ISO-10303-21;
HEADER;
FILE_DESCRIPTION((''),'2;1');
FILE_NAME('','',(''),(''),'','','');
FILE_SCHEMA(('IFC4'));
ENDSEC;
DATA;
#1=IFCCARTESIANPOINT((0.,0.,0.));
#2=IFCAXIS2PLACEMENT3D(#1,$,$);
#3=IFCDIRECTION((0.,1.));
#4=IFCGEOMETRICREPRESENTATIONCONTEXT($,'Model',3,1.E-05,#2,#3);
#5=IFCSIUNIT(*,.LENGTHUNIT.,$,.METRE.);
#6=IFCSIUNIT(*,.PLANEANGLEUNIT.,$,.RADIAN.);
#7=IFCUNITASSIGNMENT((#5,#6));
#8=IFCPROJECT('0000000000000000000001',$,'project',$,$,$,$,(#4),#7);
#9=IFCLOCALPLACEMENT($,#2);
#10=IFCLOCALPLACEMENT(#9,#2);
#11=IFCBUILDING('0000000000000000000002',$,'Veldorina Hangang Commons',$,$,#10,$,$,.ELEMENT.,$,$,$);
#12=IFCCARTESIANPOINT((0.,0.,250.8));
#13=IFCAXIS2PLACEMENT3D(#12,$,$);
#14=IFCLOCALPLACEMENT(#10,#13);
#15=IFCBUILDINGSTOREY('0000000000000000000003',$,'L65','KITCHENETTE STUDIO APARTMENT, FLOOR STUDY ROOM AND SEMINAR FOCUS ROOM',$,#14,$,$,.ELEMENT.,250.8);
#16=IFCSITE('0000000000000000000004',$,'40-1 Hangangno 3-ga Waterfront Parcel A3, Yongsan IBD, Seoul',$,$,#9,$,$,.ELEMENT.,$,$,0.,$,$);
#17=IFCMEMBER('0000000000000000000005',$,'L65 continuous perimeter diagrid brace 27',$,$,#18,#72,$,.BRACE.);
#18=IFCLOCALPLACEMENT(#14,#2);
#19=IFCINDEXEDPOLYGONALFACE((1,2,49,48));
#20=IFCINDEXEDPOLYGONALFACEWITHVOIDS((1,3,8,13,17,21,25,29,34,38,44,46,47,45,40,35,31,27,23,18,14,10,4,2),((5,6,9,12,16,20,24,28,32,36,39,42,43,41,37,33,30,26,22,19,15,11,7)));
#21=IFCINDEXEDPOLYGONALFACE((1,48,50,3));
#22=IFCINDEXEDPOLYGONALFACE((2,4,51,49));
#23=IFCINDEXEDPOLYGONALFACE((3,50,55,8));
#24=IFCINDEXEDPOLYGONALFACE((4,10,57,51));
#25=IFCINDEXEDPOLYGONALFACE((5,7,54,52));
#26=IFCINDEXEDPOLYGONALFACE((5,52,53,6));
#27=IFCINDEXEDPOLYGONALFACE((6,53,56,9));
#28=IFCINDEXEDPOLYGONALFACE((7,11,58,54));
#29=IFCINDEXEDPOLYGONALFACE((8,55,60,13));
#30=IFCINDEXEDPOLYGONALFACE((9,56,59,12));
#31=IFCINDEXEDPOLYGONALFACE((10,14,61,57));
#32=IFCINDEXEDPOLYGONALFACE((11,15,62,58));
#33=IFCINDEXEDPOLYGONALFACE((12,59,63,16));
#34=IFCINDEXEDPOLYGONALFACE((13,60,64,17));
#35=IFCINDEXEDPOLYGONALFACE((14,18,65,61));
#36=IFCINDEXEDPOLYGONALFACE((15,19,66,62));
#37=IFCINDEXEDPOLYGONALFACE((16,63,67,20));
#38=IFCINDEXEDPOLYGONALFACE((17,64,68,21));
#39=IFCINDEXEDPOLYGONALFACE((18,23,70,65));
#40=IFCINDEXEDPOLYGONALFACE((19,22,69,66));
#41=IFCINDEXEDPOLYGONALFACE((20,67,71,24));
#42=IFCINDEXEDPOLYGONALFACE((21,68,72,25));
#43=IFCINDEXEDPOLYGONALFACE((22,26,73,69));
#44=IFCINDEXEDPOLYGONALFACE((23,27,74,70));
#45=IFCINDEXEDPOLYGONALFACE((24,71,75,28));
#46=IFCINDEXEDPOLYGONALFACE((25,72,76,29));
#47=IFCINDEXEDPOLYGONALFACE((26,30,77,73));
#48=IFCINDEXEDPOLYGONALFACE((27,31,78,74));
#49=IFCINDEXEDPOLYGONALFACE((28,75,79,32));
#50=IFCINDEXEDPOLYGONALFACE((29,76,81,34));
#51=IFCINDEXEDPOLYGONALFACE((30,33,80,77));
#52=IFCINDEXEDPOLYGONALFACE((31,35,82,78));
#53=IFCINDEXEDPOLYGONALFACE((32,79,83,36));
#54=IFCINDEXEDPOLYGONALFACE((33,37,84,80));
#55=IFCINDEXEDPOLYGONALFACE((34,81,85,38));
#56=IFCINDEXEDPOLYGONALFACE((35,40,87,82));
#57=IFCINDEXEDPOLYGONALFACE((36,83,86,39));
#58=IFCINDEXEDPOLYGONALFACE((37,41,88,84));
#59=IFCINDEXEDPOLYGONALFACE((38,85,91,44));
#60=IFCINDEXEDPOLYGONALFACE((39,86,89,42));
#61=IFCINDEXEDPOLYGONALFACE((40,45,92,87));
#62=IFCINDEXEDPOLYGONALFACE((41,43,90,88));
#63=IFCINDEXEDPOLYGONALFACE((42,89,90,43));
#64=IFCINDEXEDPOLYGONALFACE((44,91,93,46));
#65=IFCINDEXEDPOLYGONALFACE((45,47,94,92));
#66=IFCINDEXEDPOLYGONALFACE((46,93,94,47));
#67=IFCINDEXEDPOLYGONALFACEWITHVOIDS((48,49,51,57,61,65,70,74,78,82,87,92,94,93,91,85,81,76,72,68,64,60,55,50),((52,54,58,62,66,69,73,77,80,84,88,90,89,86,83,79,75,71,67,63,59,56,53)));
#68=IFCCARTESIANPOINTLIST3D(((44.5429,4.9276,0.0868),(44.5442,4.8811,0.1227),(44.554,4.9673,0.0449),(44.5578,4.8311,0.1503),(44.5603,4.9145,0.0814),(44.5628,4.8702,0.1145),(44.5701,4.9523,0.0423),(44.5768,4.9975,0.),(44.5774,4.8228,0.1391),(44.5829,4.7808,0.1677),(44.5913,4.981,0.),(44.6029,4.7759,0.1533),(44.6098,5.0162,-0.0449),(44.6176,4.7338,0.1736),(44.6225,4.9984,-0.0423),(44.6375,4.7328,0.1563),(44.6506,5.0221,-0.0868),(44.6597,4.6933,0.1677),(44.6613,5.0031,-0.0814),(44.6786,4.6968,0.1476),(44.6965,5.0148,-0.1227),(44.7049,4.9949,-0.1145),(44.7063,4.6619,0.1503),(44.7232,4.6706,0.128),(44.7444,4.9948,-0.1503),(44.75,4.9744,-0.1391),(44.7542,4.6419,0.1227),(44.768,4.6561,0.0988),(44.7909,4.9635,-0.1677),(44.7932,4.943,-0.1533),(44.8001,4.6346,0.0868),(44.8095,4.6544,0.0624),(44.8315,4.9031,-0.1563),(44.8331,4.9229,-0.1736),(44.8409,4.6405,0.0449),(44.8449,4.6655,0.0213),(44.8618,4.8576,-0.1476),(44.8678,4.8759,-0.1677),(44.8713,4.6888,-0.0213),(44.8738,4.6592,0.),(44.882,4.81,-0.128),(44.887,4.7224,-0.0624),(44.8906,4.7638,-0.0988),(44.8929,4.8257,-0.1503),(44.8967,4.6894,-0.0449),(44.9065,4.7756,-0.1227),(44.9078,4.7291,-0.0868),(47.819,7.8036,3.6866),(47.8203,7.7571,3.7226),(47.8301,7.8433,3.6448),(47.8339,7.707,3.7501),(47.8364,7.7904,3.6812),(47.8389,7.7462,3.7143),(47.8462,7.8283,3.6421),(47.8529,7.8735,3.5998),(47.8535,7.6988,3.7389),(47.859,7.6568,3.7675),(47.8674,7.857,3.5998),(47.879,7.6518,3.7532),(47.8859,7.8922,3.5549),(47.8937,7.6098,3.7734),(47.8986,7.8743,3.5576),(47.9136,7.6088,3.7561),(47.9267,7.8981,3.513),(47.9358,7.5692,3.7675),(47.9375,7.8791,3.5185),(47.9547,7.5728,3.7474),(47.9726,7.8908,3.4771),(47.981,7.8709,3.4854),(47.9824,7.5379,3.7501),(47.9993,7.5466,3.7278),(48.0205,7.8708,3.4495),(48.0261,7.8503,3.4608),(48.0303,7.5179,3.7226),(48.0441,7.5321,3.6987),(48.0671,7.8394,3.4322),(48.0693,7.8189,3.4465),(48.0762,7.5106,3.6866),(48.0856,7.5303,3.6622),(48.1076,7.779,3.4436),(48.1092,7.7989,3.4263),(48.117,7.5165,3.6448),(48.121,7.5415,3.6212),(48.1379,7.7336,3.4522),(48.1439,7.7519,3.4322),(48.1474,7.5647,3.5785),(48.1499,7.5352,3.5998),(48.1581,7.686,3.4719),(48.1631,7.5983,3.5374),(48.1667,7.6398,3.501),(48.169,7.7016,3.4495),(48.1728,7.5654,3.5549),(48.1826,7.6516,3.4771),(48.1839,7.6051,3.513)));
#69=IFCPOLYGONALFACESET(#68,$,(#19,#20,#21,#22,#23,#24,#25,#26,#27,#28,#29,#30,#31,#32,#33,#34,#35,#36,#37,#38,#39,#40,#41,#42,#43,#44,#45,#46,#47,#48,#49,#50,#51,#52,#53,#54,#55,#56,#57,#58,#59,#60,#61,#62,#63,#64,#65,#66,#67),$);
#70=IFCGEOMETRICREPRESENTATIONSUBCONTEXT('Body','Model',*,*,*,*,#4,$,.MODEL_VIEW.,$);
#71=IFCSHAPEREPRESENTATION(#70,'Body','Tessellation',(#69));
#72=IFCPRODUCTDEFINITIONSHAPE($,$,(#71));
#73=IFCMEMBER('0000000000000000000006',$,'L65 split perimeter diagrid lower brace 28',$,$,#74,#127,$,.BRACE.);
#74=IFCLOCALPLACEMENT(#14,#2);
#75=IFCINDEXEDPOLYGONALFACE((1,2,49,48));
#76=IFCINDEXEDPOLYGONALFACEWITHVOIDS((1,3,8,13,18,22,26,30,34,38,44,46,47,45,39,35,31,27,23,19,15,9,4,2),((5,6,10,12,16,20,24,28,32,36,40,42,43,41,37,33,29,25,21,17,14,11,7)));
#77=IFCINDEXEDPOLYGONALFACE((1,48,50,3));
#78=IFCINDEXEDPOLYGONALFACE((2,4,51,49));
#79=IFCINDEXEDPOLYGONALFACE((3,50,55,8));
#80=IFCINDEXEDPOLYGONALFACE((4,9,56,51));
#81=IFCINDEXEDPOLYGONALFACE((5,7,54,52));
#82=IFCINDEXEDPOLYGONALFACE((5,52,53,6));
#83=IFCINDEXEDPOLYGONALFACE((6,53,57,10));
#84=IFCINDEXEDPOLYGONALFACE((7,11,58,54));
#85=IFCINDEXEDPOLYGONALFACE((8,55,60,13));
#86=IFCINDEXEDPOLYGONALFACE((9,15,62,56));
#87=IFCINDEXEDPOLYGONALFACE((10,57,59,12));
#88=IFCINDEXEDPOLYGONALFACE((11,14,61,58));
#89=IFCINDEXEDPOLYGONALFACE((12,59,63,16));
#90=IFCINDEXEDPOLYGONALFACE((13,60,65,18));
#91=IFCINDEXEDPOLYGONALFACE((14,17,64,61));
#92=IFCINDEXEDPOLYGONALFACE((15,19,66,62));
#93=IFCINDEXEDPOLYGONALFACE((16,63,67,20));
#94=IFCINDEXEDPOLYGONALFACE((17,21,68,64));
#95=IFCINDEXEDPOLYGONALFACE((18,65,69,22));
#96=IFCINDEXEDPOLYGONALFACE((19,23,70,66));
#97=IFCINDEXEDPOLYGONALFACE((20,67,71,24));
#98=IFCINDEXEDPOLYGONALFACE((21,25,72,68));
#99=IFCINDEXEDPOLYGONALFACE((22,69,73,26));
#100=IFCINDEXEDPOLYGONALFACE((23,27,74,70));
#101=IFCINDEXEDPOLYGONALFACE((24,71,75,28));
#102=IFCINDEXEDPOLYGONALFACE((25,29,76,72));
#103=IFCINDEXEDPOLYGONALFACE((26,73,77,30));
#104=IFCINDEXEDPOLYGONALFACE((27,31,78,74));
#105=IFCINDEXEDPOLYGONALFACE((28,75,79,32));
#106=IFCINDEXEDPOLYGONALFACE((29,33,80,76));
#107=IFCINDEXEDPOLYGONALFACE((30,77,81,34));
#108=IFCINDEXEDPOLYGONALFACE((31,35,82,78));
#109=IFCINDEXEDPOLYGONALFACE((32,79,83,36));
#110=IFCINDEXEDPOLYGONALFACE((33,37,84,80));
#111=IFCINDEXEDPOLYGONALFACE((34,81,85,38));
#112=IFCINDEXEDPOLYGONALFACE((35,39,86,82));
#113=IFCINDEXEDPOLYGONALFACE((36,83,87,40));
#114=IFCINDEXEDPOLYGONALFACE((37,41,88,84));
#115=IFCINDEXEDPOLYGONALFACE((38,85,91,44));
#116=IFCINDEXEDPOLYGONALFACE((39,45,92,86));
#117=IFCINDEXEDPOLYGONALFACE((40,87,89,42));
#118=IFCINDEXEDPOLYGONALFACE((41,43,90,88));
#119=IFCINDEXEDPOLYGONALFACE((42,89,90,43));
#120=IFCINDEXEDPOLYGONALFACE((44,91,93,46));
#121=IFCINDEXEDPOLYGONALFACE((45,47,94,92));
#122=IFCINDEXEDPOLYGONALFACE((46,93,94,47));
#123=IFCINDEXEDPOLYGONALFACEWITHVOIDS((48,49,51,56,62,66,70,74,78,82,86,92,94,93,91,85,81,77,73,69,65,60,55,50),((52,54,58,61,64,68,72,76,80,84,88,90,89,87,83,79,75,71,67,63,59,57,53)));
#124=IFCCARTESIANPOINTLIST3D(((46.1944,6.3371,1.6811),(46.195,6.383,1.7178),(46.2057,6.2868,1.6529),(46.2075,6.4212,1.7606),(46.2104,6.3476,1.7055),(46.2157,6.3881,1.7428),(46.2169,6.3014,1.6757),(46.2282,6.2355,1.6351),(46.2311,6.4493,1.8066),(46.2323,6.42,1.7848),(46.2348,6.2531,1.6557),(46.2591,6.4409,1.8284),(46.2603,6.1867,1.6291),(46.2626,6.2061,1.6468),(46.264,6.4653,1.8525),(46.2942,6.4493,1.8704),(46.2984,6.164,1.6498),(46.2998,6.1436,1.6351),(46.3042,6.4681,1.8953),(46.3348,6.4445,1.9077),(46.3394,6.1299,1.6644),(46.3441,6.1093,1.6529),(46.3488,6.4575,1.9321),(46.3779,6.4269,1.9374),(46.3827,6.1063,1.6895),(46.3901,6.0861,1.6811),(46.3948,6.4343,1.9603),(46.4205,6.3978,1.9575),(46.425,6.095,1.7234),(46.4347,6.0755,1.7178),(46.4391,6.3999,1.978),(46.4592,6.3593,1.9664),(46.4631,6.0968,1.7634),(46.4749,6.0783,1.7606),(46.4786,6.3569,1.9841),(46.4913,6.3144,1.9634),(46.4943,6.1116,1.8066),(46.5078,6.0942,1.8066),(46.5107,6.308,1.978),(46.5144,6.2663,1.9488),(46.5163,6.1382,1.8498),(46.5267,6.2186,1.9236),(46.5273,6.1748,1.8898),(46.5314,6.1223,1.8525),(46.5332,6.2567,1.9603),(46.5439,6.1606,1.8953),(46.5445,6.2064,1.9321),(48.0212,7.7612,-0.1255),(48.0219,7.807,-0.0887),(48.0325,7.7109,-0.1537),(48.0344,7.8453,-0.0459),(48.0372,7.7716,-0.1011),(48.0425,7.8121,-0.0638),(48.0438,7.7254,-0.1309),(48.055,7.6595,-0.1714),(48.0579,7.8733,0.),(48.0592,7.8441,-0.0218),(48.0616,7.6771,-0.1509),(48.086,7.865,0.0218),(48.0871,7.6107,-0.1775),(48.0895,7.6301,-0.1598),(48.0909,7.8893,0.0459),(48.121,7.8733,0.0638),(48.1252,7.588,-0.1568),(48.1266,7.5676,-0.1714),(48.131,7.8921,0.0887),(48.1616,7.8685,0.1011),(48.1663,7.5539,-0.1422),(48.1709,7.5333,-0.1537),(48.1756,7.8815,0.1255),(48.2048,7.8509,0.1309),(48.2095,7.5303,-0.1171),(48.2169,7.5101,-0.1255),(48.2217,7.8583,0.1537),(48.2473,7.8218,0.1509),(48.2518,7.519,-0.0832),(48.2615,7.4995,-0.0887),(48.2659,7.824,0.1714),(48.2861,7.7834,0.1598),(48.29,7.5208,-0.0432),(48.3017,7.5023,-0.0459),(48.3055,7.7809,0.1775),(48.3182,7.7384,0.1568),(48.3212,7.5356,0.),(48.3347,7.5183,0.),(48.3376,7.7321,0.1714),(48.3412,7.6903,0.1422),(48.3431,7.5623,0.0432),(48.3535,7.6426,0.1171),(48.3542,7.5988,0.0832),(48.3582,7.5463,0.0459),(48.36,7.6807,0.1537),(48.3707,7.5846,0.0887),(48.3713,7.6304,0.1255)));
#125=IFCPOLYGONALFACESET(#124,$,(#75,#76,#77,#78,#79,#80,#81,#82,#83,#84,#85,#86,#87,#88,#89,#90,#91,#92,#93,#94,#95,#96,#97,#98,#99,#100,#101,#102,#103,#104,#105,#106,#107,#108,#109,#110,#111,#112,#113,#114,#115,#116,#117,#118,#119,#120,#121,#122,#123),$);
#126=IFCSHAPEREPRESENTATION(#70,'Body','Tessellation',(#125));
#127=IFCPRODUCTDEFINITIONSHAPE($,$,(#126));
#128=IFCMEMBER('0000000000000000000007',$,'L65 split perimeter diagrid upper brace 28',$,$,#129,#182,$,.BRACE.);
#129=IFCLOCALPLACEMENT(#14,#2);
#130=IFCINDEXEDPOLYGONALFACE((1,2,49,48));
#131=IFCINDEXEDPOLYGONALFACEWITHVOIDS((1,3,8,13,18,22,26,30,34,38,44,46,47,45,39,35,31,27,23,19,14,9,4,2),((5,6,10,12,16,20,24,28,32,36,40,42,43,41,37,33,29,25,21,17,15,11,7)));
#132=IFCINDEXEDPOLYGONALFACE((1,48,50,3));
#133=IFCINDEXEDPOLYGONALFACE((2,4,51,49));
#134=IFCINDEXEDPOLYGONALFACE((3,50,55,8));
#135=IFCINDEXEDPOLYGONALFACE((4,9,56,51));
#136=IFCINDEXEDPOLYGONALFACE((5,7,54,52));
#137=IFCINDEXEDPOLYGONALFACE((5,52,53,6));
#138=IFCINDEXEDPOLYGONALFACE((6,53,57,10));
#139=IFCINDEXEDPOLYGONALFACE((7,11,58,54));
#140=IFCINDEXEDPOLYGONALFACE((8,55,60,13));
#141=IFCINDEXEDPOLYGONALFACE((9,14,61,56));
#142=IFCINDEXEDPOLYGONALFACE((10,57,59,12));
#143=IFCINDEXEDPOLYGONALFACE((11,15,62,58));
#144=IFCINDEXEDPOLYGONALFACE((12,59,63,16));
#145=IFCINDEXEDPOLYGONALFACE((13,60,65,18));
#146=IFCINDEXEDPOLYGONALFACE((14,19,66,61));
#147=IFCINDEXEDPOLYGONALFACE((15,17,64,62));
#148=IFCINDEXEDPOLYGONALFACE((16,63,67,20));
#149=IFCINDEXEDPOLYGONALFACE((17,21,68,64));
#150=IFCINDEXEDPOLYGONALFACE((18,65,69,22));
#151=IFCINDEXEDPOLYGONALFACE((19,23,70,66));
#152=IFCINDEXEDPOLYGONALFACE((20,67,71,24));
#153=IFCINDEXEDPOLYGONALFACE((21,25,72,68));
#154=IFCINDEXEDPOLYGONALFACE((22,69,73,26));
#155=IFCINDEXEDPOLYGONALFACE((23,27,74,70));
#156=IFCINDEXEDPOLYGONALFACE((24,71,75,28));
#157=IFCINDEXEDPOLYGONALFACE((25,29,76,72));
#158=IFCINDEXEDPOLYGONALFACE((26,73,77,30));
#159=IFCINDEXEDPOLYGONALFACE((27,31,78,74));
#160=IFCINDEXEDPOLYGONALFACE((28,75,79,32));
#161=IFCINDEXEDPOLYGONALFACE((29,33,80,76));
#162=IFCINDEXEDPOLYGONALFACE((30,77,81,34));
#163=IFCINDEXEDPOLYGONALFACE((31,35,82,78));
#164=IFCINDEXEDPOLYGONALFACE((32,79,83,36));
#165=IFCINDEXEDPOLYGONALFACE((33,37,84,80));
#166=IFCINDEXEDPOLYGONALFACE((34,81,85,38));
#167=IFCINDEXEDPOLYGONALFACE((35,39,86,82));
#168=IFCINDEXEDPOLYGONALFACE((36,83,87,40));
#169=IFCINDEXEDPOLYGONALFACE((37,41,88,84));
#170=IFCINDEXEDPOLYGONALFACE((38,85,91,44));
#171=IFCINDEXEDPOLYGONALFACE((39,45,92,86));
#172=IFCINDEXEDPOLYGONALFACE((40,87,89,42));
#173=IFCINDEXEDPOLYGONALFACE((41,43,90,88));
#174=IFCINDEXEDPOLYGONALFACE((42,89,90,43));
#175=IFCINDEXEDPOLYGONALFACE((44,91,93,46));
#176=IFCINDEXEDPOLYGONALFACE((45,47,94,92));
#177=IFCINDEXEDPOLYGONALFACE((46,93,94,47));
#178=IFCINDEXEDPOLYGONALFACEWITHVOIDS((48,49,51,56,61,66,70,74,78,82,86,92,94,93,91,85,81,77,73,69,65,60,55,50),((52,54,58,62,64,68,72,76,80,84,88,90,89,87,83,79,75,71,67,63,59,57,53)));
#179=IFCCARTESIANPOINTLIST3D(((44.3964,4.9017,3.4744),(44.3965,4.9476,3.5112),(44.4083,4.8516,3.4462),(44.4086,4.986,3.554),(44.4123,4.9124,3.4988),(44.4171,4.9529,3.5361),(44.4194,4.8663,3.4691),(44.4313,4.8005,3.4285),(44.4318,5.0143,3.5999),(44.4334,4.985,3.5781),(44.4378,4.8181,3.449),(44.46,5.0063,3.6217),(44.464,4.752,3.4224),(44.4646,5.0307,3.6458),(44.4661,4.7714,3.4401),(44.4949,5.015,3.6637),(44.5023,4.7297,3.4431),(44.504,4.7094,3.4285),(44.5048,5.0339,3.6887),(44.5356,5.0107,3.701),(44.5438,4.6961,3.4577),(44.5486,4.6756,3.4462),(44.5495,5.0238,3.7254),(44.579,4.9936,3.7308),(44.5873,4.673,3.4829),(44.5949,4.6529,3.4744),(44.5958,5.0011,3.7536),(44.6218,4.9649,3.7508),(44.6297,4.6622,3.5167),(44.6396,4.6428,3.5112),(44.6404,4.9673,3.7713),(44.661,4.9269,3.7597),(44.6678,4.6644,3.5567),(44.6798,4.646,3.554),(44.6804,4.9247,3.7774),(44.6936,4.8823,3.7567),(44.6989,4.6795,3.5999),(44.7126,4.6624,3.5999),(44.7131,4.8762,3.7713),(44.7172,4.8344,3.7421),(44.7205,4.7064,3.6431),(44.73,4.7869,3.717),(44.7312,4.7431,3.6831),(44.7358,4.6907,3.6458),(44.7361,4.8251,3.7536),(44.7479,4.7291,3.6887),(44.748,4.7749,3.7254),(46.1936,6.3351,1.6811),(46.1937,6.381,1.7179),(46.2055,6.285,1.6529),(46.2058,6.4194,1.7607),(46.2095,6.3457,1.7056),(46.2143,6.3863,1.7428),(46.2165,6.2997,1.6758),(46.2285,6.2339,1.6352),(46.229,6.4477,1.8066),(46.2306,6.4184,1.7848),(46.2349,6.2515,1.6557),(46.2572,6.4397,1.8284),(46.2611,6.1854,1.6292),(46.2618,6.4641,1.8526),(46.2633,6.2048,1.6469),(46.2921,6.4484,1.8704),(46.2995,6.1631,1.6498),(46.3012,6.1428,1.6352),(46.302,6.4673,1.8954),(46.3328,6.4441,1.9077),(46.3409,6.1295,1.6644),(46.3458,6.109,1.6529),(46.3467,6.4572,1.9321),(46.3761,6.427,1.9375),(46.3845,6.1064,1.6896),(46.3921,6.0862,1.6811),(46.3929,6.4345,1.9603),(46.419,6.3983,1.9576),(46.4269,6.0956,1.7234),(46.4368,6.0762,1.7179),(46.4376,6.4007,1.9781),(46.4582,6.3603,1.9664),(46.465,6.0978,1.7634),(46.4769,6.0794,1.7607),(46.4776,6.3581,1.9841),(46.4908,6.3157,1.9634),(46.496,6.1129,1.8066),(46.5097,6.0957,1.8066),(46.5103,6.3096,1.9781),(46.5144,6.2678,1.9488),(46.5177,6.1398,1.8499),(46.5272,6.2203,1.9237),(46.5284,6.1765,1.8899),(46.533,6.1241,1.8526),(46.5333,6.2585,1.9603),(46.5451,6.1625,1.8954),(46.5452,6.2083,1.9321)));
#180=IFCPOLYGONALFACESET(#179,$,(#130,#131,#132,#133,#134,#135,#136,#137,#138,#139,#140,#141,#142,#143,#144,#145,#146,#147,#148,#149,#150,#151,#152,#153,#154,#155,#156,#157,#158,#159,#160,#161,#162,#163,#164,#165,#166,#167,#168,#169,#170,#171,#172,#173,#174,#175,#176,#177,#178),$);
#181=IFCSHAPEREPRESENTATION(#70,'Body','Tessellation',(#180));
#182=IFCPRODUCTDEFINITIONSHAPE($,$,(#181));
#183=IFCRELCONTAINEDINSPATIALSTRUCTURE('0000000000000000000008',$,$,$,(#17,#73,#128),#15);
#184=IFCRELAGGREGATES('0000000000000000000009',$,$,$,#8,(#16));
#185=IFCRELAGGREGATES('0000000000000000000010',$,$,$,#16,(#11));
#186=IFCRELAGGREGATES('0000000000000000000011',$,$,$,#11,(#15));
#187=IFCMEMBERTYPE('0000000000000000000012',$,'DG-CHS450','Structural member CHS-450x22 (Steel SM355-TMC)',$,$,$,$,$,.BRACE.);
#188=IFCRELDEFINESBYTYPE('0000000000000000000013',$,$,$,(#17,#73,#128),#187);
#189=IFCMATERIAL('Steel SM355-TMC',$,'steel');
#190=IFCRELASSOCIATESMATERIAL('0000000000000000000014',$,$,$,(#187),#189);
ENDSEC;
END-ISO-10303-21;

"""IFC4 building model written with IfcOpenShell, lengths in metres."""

from ifc_helpers import new_model, si_unit, direction, frame, origin, origin_2d, place, context, subcontext, project, spatial, hollow_circle, extrude, material, material_profile, profile_set, type_object, element, save


model = new_model("IFC4")

# Units and contexts
model_context = context("Model", 3, precision=1e-05, world=origin(), true_north=direction((0.0, 1.0)))
body_context = subcontext(model_context, "Body", "Model", "MODEL_VIEW")
ifc_project = project(units=[si_unit("LENGTHUNIT", "METRE"), si_unit("PLANEANGLEUNIT", "RADIAN")], contexts=[model_context])

# Site, building, storey
site_placement = place(None, origin())
site = spatial("IfcSite", under=ifc_project, at=site_placement, Name="40-1 Hangangno 3-ga Waterfront Parcel A3, Yongsan IBD, Seoul", CompositionType="ELEMENT", RefElevation=0.0)
building_placement = place(site_placement, origin())
building = spatial("IfcBuilding", under=site, at=building_placement, Name="Veldorina Hangang Commons", CompositionType="ELEMENT")
storey_placement = place(building_placement, frame((0.0, 0.0, 250.8)))
storey = spatial("IfcBuildingStorey", under=building, at=storey_placement, Name="L65", Description="KITCHENETTE STUDIO APARTMENT, FLOOR STUDY ROOM AND SEMINAR FOCUS ROOM", CompositionType="ELEMENT", Elevation=250.8)

# Shared definitions
ifc_material_1 = material(Name="Steel SM355-TMC", Category="steel")

# Members
ifc_material_profile_1 = material_profile(ifc_material_1, hollow_circle(Radius=0.2251, WallThickness=0.022, at=origin_2d()), Name="CHS-450x22")
ifc_profile_set_1 = profile_set([ifc_material_profile_1], Name="Steel SM355-TMC")
member_type_1 = type_object("IfcMemberType", Name="DG-CHS450", Description="Structural member CHS-450x22 (Steel SM355-TMC)", PredefinedType="BRACE", material=ifc_profile_set_1)
member_1_placement = place(storey_placement, frame((44.7253, 4.8284, 0.0), z_axis=(0.579476, 0.508698, 0.636737), x_axis=(-0.659721, 0.751511, 0.0)))
element("IfcMember", 1, at=member_1_placement, inside=storey, type_object=member_type_1, Name="L65 continuous perimeter diagrid brace 27", PredefinedType="BRACE", context=body_context, shape_type="SweptSolid", body=[
    extrude(hollow_circle(Radius=0.2251, WallThickness=0.022, at=origin_2d()), origin(), (0.0, 0.0, 1.0), 5.6536),
])
member_2_placement = place(storey_placement, frame((48.1963, 7.6958, 0.0), z_axis=(-0.621903, -0.484774, 0.615005), x_axis=(0.614787, -0.788693, 0.0)))
element("IfcMember", 2, at=member_2_placement, inside=storey, type_object=member_type_1, Name="L65 split perimeter diagrid lower brace 28", PredefinedType="BRACE", context=body_context, shape_type="SweptSolid", body=[
    extrude(hollow_circle(Radius=0.2251, WallThickness=0.022, at=origin_2d()), origin(), (0.0, 0.0, 1.0), 2.9375),
])
member_3_placement = place(storey_placement, frame((46.3694, 6.2717, 1.8066), z_axis=(-0.616416, -0.491642, 0.615076), x_axis=(0.623542, -0.78179, 0.0)))
element("IfcMember", 3, at=member_3_placement, inside=storey, type_object=member_type_1, Name="L65 split perimeter diagrid upper brace 28", PredefinedType="BRACE", context=body_context, shape_type="SweptSolid", body=[
    extrude(hollow_circle(Radius=0.2251, WallThickness=0.022, at=origin_2d()), origin(), (0.0, 0.0, 1.0), 2.9155),
])

save(model, "model.ifc")
